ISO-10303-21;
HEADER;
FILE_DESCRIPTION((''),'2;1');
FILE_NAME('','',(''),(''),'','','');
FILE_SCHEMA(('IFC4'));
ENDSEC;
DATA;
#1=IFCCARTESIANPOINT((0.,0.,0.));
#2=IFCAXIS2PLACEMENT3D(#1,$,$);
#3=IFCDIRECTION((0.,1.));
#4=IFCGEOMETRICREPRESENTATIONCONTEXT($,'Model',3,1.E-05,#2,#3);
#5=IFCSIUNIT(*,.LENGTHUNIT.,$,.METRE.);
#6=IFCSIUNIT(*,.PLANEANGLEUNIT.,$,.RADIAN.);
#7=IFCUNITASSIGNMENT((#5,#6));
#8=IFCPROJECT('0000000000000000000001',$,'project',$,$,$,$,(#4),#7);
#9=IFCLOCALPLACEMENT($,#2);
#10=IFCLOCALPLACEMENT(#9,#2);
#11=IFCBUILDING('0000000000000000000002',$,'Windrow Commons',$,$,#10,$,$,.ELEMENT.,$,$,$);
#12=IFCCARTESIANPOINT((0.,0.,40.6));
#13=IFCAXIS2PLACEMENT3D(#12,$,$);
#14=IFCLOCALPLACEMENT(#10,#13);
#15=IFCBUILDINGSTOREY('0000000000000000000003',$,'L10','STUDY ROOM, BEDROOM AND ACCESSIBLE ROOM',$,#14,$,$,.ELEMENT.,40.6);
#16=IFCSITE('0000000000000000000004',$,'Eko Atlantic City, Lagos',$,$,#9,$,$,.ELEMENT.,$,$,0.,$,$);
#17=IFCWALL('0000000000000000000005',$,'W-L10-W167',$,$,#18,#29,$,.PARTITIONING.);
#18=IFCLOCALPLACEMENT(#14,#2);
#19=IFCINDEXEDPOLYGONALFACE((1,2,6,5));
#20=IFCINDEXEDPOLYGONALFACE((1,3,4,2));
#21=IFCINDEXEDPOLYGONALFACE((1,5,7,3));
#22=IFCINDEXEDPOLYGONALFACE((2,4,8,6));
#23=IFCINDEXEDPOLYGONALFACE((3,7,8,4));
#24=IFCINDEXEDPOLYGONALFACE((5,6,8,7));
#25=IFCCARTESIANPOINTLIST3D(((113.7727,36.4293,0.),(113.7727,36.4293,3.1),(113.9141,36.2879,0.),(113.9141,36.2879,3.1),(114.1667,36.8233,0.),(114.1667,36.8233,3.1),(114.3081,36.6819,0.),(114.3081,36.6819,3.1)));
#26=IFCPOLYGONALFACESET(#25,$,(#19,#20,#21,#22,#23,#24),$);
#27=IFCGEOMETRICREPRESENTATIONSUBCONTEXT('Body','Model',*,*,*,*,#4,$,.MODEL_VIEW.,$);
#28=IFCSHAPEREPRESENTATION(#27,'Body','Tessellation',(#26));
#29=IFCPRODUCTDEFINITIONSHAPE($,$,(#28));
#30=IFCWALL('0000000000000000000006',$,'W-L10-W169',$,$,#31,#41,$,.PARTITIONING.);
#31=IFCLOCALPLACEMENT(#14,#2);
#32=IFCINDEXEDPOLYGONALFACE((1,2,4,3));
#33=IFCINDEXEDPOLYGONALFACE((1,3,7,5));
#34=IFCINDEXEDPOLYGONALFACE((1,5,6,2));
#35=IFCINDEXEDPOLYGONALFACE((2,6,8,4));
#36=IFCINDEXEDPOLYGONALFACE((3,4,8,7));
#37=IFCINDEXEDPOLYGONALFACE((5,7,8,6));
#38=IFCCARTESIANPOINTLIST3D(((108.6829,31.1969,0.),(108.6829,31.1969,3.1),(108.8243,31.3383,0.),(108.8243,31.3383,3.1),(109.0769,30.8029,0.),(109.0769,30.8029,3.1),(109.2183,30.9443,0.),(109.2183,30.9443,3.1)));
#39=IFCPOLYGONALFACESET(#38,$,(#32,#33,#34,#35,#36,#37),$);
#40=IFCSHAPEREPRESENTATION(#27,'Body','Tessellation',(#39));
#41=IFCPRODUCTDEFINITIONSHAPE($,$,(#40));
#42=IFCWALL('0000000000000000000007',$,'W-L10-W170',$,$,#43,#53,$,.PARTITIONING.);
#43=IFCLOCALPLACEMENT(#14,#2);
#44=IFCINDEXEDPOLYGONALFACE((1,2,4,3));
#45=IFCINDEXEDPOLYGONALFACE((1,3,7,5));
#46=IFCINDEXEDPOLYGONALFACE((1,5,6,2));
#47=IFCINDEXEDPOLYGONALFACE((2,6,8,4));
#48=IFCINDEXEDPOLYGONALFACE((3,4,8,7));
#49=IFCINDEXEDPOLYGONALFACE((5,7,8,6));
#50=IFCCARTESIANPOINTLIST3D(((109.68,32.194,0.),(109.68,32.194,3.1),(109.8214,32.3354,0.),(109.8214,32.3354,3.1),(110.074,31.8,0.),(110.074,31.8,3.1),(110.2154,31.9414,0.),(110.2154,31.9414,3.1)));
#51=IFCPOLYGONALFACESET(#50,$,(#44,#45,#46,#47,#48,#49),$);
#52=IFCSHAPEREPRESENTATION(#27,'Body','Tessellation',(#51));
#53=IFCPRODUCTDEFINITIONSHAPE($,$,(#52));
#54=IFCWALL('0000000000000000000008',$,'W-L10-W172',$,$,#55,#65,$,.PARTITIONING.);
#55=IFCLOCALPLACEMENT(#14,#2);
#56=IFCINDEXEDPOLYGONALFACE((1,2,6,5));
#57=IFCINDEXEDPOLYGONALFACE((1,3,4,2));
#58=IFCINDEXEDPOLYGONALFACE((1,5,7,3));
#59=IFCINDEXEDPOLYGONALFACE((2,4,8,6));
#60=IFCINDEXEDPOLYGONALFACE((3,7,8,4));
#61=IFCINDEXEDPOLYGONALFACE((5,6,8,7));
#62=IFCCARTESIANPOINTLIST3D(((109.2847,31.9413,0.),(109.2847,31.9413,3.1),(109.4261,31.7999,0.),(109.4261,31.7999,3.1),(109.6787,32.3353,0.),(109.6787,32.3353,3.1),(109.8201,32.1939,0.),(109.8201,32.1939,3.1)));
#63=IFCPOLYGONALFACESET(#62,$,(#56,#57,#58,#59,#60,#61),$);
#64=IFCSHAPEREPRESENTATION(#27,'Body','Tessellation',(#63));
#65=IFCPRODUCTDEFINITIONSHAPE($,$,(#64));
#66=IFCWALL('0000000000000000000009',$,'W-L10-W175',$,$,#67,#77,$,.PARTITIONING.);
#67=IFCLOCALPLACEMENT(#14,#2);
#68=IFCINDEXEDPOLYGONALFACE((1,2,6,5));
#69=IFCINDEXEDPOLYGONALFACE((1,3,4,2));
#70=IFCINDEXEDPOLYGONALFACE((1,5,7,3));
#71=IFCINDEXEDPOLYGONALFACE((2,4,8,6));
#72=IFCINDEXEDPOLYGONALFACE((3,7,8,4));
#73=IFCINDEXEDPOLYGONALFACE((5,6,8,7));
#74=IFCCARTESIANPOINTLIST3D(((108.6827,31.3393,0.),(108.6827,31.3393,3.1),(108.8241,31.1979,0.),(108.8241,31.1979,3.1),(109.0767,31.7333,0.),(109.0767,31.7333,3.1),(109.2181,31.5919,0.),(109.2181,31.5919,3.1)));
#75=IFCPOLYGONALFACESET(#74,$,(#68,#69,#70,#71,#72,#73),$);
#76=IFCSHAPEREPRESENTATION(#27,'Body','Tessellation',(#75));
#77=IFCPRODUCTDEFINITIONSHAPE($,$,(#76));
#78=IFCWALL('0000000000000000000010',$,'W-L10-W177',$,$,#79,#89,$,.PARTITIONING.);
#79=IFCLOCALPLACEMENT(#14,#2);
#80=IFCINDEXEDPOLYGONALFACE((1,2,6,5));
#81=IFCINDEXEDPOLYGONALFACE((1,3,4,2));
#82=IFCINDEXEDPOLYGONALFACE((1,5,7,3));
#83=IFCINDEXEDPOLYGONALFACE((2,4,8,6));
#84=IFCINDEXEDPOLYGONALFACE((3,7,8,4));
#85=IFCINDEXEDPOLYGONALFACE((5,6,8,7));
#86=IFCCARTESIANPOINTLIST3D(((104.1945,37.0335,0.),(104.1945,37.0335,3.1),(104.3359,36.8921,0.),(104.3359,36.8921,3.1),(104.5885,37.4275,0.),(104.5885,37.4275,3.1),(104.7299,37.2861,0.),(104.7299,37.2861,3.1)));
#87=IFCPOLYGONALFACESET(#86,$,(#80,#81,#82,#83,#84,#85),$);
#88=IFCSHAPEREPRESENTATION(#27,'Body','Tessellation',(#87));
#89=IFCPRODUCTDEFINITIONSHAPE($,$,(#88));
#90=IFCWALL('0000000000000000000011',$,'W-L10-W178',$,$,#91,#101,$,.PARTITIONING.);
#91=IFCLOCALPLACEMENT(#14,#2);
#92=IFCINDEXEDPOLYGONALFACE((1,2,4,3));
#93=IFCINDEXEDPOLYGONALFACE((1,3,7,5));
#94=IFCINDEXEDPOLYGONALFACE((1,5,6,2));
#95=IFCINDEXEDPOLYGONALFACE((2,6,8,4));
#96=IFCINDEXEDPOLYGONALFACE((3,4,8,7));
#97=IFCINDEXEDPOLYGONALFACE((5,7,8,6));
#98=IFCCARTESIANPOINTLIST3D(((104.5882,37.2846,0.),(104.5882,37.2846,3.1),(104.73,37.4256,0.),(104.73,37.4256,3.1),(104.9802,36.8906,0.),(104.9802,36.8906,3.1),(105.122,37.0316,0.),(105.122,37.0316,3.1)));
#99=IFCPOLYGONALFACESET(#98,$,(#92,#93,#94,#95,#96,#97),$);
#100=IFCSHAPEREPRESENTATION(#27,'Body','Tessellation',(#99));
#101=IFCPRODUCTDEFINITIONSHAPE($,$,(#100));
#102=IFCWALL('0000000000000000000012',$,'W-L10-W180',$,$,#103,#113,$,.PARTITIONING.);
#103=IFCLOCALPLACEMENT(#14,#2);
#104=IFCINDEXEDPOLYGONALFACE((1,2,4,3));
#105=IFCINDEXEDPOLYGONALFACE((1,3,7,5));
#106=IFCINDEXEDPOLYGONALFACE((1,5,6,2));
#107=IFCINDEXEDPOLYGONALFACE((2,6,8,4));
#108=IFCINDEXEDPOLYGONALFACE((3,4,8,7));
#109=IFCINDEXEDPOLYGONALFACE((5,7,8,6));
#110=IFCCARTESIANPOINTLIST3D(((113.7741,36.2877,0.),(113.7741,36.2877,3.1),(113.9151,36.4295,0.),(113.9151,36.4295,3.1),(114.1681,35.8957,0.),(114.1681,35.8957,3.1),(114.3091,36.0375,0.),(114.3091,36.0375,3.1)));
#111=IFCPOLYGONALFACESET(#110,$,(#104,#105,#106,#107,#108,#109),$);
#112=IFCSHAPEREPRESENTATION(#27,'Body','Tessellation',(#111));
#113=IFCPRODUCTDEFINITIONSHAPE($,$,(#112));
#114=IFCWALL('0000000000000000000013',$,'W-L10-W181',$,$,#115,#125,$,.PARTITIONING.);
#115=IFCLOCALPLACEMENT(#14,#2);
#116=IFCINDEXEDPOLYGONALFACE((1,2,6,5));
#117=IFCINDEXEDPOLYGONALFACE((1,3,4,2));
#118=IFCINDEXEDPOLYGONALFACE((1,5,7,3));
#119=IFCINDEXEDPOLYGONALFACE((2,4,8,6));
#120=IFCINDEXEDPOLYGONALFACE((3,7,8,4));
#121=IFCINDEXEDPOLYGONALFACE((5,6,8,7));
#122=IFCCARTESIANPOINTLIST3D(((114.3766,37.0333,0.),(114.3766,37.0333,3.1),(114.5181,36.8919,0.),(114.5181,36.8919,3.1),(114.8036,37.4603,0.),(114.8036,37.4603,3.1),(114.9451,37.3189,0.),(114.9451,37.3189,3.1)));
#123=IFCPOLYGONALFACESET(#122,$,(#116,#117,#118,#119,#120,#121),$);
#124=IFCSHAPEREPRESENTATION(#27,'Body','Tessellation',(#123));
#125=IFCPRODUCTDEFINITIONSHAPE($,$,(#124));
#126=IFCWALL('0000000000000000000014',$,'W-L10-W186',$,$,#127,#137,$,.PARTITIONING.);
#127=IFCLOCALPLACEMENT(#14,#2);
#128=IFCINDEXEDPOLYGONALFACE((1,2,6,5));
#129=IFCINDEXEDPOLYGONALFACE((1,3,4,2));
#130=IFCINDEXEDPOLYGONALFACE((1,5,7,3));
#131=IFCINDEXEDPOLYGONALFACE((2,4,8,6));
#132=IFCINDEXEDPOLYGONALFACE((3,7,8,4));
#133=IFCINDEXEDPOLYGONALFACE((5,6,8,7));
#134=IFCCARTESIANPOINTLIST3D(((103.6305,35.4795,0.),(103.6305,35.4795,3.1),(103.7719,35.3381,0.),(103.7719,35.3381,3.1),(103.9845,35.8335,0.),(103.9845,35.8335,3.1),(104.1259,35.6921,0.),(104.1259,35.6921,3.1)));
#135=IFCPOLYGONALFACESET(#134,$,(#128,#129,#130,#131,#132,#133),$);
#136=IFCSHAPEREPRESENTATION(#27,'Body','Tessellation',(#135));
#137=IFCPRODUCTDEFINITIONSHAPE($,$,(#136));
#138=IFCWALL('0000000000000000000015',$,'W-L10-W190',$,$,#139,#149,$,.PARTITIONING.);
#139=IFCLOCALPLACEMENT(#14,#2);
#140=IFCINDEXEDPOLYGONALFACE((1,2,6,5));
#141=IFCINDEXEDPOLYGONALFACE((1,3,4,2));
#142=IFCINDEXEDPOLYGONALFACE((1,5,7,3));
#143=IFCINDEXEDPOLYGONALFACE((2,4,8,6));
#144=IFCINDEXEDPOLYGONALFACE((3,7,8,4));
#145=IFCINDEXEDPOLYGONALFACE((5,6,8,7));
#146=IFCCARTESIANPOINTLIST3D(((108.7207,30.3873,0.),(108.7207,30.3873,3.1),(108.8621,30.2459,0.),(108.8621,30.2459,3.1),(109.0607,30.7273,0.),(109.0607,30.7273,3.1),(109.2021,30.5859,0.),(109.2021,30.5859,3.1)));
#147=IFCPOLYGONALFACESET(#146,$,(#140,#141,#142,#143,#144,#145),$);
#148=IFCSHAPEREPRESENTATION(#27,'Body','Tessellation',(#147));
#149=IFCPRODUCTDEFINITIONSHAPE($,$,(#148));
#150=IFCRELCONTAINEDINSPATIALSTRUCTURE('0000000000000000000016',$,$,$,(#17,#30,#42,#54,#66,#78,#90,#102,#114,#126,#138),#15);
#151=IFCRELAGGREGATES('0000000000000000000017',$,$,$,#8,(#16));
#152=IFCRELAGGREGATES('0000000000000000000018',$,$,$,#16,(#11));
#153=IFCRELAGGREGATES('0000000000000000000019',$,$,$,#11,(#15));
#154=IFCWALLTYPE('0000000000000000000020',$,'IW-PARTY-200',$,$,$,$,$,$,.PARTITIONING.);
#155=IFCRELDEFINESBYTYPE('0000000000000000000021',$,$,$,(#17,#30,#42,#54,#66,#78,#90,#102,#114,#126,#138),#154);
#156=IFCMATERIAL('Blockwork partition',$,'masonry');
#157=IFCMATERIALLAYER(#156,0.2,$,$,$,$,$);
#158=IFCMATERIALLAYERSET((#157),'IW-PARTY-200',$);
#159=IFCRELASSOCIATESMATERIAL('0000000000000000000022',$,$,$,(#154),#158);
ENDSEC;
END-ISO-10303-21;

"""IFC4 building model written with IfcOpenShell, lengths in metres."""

from ifc_helpers import new_model, si_unit, direction, frame, frame_2d, origin, place, context, subcontext, project, spatial, rectangle, extrude, material, layer, layer_set, type_object, element, save


model = new_model("IFC4")

# Units and contexts
model_context = context("Model", 3, precision=1e-05, world=origin(), true_north=direction((0.0, 1.0)))
body_context = subcontext(model_context, "Body", "Model", "MODEL_VIEW")
ifc_project = project(units=[si_unit("LENGTHUNIT", "METRE"), si_unit("PLANEANGLEUNIT", "RADIAN")], contexts=[model_context])

# Site, building, storey
site_placement = place(None, origin())
site = spatial("IfcSite", under=ifc_project, at=site_placement, Name="Eko Atlantic City, Lagos", CompositionType="ELEMENT", RefElevation=0.0)
building_placement = place(site_placement, origin())
building = spatial("IfcBuilding", under=site, at=building_placement, Name="Windrow Commons", CompositionType="ELEMENT")
storey_placement = place(building_placement, frame((0.0, 0.0, 40.6)))
storey = spatial("IfcBuildingStorey", under=building, at=storey_placement, Name="L10", Description="STUDY ROOM, BEDROOM AND ACCESSIBLE ROOM", CompositionType="ELEMENT", Elevation=40.6)

# Walls
ifc_material_1 = material(Name="Blockwork partition", Category="masonry")
ifc_layer_1 = layer(ifc_material_1, 0.2)
ifc_layer_set_1 = layer_set([ifc_layer_1], Name="IW-PARTY-200")
wall_type_1 = type_object("IfcWallType", Name="IW-PARTY-200", PredefinedType="PARTITIONING", material=ifc_layer_set_1)
for number, where, z_axis, x_axis, name in (
    (1, (113.8434, 36.3586, 0.0), (0.0, 0.0, 1.0), (0.707107, 0.707107, 0.0), "W-L10-W167"),
    (2, (108.7536, 31.2676, 0.0), (0.0, 0.0, 1.0), (0.707107, -0.707107, 0.0), "W-L10-W169"),
    (3, (109.7507, 32.2647, 0.0), (0.0, 0.0, 1.0), (0.707107, -0.707107, 0.0), "W-L10-W170"),
    (4, (109.3554, 31.8706, 0.0), (0.0, 0.0, 1.0), (0.707107, 0.707107, 0.0), "W-L10-W172"),
    (5, (108.7534, 31.2686, 0.0), (0.0, 0.0, 1.0), (0.707107, 0.707107, 0.0), "W-L10-W175"),
    (6, (104.2652, 36.9628, 0.0), (0.0, 0.0, 1.0), (0.707107, 0.707107, 0.0), "W-L10-W177"),
):
    element("IfcWall", number, at=place(storey_placement, frame(where, z_axis=z_axis, x_axis=x_axis)), inside=storey, type_object=wall_type_1, Name=name, PredefinedType="PARTITIONING", context=body_context, shape_type="SweptSolid", body=[
        extrude(rectangle(XDim=0.5572, YDim=0.2, at=frame_2d((0.2786, 0.0))), origin(), (0.0, 0.0, 1.0), 3.1),
    ])
for number, where, z_axis, x_axis, name in (
    (7, (104.6591, 37.3551, 0.0), (0.0, 0.0, 1.0), (0.705305, -0.708904, 0.0), "W-L10-W178"),
    (8, (113.8446, 36.3586, 0.0), (0.0, 0.0, 1.0), (0.708904, -0.705305, 0.0), "W-L10-W180"),
):
    element("IfcWall", number, at=place(storey_placement, frame(where, z_axis=z_axis, x_axis=x_axis)), inside=storey, type_object=wall_type_1, Name=name, PredefinedType="PARTITIONING", context=body_context, shape_type="SweptSolid", body=[
        extrude(rectangle(XDim=0.5558, YDim=0.2, at=frame_2d((0.2779, 0.0))), origin(), (0.0, 0.0, 1.0), 3.1),
    ])
wall_1_placement = place(storey_placement, frame((114.4474, 36.9626, 0.0), z_axis=(0.0, 0.0, 1.0), x_axis=(0.707024, 0.70719, 0.0)))
element("IfcWall", 9, at=wall_1_placement, inside=storey, type_object=wall_type_1, Name="W-L10-W181", PredefinedType="PARTITIONING", context=body_context, shape_type="SweptSolid", body=[
    extrude(rectangle(XDim=0.6039, YDim=0.2, at=frame_2d((0.3019, 0.0))), origin(), (0.0, 0.0, 1.0), 3.1),
])
wall_2_placement = place(storey_placement, frame((103.7012, 35.4088, 0.0), z_axis=(0.0, 0.0, 1.0), x_axis=(0.707107, 0.707107, 0.0)))
element("IfcWall", 10, at=wall_2_placement, inside=storey, type_object=wall_type_1, Name="W-L10-W186", PredefinedType="PARTITIONING", context=body_context, shape_type="SweptSolid", body=[
    extrude(rectangle(XDim=0.5006, YDim=0.2, at=frame_2d((0.2503, 0.0))), origin(), (0.0, 0.0, 1.0), 3.1),
])
wall_3_placement = place(storey_placement, frame((108.7914, 30.3166, 0.0), z_axis=(0.0, 0.0, 1.0), x_axis=(0.707107, 0.707107, 0.0)))
element("IfcWall", 11, at=wall_3_placement, inside=storey, type_object=wall_type_1, Name="W-L10-W190", PredefinedType="PARTITIONING", context=body_context, shape_type="SweptSolid", body=[
    extrude(rectangle(XDim=0.4808, YDim=0.2, at=frame_2d((0.2404, 0.0))), origin(), (0.0, 0.0, 1.0), 3.1),
])

save(model, "model.ifc")
